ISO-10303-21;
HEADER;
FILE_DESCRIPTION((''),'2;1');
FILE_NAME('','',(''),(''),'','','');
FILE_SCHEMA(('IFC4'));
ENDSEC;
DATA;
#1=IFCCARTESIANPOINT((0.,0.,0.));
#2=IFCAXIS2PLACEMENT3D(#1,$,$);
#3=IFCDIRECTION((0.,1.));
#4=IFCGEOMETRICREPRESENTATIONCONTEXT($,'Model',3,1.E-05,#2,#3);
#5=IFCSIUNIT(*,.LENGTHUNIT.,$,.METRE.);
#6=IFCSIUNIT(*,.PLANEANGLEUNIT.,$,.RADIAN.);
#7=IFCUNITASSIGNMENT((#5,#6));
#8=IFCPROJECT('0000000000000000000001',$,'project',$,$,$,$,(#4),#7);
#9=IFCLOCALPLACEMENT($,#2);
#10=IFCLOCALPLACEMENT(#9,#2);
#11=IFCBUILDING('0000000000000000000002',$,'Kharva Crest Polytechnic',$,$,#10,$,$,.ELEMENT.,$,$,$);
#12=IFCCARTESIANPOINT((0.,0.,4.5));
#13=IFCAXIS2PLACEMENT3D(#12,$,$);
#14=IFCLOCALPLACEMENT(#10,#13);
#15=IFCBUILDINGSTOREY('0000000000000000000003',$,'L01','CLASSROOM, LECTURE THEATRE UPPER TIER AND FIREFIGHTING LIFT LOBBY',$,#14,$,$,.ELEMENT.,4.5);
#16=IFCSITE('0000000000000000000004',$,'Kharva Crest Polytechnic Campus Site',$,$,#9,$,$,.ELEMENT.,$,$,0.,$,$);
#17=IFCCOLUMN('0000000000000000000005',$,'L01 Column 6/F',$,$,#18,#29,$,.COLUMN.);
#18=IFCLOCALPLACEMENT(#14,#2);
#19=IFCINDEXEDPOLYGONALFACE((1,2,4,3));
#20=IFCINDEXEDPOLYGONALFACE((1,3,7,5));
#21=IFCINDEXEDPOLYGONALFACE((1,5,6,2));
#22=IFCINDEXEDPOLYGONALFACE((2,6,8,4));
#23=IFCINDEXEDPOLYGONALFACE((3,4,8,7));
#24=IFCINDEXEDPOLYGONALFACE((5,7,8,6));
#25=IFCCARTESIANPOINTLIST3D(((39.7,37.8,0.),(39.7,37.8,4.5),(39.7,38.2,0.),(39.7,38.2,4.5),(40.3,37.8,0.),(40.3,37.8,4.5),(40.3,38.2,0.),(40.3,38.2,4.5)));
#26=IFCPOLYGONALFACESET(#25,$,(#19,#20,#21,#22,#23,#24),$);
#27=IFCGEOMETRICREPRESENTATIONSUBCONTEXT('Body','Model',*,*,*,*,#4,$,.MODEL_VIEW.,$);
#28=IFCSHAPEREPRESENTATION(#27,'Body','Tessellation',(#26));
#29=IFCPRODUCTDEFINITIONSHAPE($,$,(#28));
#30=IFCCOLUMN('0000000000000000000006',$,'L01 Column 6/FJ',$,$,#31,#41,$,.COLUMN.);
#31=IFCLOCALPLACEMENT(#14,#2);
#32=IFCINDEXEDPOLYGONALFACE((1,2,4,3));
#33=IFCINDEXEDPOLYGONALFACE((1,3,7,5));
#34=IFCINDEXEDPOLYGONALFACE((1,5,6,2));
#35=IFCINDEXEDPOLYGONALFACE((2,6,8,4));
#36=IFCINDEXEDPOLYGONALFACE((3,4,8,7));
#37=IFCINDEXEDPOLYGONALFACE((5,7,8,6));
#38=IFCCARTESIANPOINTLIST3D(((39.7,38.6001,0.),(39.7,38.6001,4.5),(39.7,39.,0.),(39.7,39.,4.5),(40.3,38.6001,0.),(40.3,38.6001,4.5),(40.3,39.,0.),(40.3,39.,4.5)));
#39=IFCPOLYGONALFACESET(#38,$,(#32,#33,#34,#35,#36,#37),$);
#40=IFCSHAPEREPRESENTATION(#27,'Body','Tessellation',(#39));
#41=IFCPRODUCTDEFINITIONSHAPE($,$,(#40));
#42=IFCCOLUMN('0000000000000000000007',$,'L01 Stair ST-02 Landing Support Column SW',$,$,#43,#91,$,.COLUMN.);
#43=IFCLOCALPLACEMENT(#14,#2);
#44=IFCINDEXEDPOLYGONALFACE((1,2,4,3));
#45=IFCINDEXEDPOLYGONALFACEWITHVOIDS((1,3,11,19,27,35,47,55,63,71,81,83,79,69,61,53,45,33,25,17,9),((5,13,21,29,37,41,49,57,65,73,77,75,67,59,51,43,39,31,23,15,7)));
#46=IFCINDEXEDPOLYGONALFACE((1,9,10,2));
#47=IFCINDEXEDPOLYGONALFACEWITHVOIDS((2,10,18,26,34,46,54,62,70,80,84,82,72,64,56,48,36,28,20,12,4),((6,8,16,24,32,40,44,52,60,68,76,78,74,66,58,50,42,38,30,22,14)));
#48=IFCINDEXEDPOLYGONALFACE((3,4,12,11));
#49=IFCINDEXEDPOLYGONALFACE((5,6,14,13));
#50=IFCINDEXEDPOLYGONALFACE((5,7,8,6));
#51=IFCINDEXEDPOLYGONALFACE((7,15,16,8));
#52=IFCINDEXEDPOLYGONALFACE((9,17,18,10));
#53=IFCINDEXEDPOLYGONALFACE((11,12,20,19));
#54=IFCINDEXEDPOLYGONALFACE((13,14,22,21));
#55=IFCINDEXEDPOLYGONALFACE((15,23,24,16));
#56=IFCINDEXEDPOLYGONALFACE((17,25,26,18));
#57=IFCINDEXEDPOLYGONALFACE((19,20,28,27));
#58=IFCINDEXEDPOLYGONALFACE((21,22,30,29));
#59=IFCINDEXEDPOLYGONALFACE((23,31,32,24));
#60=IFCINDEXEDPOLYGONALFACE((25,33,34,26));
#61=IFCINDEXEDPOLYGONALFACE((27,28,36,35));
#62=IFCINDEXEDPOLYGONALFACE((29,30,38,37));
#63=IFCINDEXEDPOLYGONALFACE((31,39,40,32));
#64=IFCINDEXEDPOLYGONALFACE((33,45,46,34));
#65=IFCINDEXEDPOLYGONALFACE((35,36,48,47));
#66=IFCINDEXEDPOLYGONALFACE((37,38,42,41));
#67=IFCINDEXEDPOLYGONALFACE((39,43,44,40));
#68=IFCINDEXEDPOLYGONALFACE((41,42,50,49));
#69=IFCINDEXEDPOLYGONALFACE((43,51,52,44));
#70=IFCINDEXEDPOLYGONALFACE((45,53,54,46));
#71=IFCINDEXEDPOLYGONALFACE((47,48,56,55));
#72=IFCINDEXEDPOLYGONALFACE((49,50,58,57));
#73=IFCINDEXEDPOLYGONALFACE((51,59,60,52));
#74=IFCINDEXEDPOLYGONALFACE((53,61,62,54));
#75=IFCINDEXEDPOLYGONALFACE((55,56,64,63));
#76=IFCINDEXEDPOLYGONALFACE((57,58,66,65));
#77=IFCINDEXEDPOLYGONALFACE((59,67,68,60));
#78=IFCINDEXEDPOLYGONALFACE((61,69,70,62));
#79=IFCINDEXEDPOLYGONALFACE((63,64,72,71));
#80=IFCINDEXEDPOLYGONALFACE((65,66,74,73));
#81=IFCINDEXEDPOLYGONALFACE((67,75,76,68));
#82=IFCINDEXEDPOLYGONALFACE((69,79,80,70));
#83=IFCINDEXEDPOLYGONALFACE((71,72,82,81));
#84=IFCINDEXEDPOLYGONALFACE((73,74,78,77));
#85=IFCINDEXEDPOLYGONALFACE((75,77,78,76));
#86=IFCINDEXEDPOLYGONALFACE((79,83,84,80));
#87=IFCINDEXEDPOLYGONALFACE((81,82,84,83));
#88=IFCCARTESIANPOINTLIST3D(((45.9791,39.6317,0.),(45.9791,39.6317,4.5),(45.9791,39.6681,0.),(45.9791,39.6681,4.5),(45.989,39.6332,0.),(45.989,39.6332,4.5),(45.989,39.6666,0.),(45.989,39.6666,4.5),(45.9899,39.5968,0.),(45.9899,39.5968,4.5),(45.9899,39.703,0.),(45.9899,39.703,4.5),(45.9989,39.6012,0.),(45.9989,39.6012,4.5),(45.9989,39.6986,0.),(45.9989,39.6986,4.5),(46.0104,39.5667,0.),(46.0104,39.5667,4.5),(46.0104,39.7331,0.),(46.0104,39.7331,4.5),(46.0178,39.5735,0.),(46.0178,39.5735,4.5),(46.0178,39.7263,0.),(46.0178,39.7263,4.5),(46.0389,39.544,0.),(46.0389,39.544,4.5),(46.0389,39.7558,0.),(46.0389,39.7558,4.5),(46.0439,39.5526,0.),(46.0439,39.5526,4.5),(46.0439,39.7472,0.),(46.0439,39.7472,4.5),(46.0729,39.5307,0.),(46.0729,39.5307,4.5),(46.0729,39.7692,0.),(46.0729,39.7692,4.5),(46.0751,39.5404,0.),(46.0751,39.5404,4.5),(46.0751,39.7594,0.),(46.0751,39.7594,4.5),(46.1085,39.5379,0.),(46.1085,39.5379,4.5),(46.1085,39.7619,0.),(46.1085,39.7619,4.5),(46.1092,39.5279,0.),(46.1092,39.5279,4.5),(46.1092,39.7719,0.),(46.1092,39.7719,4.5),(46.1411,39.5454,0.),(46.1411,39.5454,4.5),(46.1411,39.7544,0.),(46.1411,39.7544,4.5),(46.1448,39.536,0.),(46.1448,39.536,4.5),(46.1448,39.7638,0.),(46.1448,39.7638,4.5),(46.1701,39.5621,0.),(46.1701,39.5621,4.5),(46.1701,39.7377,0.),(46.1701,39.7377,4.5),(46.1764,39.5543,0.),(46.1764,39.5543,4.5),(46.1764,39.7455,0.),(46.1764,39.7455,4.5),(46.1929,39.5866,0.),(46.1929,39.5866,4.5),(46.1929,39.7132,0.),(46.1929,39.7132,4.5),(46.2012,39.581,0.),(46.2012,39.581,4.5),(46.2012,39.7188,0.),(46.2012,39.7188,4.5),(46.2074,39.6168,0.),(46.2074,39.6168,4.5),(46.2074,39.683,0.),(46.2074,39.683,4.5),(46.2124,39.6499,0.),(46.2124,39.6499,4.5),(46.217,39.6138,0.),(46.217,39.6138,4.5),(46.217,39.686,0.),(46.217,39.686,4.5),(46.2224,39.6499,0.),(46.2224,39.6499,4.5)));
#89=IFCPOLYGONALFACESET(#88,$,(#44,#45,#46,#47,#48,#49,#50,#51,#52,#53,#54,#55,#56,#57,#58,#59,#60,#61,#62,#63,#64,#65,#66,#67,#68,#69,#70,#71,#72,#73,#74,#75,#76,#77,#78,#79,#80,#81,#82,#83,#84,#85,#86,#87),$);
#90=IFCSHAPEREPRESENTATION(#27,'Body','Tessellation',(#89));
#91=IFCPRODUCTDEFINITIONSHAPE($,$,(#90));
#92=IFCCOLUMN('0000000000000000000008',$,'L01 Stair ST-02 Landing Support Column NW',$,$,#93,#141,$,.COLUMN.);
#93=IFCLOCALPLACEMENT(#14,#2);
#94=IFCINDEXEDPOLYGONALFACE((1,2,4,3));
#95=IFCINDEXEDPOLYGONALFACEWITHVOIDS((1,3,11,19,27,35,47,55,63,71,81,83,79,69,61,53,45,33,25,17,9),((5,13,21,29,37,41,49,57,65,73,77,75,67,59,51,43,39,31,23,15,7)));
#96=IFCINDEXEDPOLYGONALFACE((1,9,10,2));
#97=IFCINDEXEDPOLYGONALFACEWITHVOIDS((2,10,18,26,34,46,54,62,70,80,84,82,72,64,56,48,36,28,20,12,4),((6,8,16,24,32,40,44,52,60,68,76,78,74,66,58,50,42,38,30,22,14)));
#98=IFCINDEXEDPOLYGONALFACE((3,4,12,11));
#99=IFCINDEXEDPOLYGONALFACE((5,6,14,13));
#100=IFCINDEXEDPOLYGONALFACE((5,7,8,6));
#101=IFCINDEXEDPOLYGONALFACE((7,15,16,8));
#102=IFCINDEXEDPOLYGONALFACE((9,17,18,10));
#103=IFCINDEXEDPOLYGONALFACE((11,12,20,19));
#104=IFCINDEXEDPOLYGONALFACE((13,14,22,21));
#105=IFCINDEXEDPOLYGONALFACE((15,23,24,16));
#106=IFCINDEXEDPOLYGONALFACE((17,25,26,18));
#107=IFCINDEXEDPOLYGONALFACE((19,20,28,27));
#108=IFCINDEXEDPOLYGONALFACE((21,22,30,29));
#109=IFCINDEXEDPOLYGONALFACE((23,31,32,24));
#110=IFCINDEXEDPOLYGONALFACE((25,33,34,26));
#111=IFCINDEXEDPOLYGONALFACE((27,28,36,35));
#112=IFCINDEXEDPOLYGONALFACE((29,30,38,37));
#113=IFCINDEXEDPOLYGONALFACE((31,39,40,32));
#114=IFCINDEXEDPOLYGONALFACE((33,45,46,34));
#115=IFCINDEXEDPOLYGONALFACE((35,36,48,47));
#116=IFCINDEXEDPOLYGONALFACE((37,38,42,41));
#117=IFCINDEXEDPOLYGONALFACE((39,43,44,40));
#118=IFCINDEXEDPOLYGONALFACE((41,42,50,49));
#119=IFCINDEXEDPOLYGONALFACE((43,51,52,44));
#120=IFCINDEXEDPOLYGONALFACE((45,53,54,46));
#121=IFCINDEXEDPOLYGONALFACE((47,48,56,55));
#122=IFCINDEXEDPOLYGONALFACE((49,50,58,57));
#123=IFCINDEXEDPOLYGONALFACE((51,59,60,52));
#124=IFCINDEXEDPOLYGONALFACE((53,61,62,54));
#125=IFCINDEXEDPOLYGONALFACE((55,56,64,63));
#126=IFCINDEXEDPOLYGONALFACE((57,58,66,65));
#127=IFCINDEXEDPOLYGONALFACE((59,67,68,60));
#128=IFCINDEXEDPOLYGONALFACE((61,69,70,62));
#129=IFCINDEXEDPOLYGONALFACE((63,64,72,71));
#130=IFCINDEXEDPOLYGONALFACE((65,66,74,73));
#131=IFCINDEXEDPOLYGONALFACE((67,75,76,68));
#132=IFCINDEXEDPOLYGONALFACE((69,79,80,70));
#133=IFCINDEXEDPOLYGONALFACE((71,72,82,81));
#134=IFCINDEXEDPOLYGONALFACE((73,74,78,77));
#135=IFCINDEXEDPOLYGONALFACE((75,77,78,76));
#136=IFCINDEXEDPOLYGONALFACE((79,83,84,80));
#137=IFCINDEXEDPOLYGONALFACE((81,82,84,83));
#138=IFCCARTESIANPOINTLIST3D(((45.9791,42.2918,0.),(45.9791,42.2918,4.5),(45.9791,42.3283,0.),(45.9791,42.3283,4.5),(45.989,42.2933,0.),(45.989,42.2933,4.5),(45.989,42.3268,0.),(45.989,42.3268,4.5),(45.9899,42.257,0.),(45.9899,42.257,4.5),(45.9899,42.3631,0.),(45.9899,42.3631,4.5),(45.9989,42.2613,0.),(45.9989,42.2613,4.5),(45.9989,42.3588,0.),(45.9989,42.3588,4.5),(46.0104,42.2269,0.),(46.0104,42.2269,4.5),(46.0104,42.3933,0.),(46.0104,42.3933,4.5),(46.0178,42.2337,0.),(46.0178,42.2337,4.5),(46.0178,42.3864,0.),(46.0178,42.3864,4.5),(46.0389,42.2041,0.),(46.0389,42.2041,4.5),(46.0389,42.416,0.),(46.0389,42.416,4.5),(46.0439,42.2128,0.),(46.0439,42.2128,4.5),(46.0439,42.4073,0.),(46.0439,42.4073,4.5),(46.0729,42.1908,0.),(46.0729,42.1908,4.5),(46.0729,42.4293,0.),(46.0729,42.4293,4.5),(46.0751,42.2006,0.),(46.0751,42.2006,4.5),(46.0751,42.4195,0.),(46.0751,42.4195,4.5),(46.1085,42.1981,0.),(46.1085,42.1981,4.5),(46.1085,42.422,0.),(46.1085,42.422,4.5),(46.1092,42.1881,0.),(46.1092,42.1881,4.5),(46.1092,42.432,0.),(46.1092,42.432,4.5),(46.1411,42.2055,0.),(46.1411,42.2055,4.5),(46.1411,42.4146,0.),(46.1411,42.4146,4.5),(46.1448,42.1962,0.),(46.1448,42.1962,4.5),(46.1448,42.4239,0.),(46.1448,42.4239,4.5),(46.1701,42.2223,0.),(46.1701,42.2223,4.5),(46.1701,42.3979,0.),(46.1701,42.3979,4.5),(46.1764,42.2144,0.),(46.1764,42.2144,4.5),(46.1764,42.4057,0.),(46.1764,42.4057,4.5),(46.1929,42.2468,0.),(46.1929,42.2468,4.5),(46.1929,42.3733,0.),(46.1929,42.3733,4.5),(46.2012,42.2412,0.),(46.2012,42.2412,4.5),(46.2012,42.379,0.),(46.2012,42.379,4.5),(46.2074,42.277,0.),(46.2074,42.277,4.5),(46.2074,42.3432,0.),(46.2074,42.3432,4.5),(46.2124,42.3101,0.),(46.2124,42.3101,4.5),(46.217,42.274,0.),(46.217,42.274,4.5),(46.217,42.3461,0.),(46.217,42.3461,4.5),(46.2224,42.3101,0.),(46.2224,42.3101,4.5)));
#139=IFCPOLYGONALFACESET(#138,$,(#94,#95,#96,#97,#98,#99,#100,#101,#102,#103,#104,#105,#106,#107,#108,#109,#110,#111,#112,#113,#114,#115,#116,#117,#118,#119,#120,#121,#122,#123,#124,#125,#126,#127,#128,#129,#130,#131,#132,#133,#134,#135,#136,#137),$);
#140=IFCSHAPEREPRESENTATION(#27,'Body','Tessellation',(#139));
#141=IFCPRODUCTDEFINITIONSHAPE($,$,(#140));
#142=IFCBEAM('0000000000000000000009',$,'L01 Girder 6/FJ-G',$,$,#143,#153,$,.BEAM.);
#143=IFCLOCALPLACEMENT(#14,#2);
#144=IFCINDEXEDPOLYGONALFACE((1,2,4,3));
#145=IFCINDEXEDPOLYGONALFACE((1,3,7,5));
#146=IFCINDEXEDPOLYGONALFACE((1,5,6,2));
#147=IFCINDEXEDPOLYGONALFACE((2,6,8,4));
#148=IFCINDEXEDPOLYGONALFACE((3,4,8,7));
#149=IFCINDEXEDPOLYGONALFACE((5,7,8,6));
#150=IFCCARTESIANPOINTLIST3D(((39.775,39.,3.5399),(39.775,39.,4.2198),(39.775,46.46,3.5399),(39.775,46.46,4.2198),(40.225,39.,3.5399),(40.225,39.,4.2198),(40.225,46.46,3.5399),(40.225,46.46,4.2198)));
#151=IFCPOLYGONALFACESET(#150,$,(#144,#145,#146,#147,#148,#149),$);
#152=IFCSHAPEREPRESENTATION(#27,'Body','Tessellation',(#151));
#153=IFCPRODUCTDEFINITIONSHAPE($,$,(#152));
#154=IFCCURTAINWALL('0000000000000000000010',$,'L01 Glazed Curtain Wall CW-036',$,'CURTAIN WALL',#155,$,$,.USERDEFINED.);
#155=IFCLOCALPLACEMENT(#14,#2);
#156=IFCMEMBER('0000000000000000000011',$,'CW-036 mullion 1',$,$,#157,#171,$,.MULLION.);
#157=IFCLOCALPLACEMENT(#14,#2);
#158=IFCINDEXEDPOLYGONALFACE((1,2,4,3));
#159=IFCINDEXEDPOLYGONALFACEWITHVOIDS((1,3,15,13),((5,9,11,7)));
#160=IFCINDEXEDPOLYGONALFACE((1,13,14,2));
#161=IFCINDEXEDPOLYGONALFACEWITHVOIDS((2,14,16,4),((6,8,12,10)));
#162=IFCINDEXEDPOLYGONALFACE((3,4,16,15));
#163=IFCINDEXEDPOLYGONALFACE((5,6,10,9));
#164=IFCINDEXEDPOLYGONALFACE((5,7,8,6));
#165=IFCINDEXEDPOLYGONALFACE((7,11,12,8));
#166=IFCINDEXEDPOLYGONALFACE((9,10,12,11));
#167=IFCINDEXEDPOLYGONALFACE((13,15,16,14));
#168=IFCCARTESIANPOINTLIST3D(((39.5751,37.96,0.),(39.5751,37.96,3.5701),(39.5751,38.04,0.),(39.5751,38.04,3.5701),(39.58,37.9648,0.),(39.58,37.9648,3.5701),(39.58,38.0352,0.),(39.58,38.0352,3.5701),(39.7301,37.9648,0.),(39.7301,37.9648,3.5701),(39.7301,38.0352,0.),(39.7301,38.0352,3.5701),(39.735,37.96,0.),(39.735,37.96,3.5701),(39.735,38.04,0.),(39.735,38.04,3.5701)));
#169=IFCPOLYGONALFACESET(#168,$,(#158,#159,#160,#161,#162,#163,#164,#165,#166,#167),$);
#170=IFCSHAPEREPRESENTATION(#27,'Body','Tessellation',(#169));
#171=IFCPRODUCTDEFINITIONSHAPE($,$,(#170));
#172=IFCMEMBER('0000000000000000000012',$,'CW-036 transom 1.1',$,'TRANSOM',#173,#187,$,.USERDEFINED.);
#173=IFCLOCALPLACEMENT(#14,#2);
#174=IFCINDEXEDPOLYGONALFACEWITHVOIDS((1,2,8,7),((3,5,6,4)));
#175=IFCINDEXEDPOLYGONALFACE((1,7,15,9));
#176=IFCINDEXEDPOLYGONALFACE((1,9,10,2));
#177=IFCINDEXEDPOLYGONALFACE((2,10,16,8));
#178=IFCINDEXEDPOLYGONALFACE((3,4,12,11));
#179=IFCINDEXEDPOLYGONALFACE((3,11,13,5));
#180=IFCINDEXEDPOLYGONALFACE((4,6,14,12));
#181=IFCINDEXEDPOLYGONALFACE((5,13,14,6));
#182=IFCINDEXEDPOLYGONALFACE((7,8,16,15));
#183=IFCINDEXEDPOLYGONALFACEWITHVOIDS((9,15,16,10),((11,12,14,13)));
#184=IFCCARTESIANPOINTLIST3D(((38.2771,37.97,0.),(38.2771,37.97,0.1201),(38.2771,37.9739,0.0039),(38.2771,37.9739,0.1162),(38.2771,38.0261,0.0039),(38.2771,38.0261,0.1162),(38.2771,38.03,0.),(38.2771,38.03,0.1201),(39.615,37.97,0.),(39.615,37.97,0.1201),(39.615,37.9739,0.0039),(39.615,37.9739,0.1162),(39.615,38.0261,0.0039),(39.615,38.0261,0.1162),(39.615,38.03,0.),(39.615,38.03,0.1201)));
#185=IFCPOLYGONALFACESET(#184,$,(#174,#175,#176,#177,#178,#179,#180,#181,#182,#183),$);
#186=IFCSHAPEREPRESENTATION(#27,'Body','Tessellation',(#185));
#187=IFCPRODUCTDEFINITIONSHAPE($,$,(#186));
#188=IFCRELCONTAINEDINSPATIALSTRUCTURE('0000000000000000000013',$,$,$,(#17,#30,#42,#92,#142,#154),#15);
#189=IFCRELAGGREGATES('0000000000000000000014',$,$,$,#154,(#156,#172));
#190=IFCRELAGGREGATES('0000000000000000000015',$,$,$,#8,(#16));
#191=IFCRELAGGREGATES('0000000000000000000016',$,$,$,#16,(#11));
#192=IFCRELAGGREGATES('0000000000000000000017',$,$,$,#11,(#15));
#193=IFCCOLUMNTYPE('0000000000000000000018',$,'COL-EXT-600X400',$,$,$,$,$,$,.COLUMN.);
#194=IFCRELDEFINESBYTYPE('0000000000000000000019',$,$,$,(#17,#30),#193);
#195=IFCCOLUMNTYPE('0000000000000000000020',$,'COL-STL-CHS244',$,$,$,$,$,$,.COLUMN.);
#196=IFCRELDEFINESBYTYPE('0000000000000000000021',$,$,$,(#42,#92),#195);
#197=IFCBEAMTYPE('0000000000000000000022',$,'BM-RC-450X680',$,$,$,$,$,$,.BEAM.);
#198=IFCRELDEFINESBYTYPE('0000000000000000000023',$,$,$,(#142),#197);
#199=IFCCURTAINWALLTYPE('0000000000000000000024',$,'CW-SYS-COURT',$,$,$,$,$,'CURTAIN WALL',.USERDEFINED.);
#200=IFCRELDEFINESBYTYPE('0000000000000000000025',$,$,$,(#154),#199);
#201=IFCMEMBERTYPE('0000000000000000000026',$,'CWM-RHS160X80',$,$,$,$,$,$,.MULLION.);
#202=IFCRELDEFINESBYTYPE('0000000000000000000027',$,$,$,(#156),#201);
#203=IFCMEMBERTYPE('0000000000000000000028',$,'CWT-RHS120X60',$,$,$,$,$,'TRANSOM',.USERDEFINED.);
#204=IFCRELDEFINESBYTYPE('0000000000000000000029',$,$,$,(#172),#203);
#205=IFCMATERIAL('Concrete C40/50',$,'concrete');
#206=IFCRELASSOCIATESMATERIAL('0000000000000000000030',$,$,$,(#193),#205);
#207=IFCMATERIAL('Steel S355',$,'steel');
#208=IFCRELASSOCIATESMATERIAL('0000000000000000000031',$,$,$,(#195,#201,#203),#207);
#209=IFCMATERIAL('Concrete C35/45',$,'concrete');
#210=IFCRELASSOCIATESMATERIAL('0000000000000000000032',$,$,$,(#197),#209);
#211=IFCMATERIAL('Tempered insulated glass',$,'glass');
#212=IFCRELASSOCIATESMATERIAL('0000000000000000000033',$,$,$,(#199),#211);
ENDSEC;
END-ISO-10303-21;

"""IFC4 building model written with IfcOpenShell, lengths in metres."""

from ifc_helpers import new_model, si_unit, direction, frame, origin, origin_2d, place, context, subcontext, project, spatial, rectangle, hollow_rectangle, hollow_circle, extrude, material, material_profile, profile_set, type_object, element, aggregate, save


model = new_model("IFC4")

# Units and contexts
model_context = context("Model", 3, precision=1e-05, world=origin(), true_north=direction((0.0, 1.0)))
body_context = subcontext(model_context, "Body", "Model", "MODEL_VIEW")
ifc_project = project(units=[si_unit("LENGTHUNIT", "METRE"), si_unit("PLANEANGLEUNIT", "RADIAN")], contexts=[model_context])

# Site, building, storey
site_placement = place(None, origin())
site = spatial("IfcSite", under=ifc_project, at=site_placement, Name="Kharva Crest Polytechnic Campus Site", CompositionType="ELEMENT", RefElevation=0.0)
building_placement = place(site_placement, origin())
building = spatial("IfcBuilding", under=site, at=building_placement, Name="Kharva Crest Polytechnic", CompositionType="ELEMENT")
storey_placement = place(building_placement, frame((0.0, 0.0, 4.5)))
storey = spatial("IfcBuildingStorey", under=building, at=storey_placement, Name="L01", Description="CLASSROOM, LECTURE THEATRE UPPER TIER AND FIREFIGHTING LIFT LOBBY", CompositionType="ELEMENT", Elevation=4.5)

# Columns
ifc_material_1 = material(Name="Concrete C40/50", Category="concrete")
ifc_material_profile_1 = material_profile(ifc_material_1, rectangle(XDim=0.6001, YDim=0.3999, at=origin_2d()), Name="RECT 600 X 400")
ifc_profile_set_1 = profile_set([ifc_material_profile_1], Name="Concrete C40/50")
column_type_1 = type_object("IfcColumnType", Name="COL-EXT-600X400", PredefinedType="COLUMN", material=ifc_profile_set_1)
for number, where, z_axis, x_axis, name in (
    (1, (40.0, 38.0, 0.0), (0.0, 0.0, 1.0), (1.0, 0.0, 0.0), "L01 Column 6/F"),
    (2, (40.0, 38.8, 0.0), (0.0, 0.0, 1.0), (1.0, 0.0, 0.0), "L01 Column 6/FJ"),
):
    element("IfcColumn", number, at=place(storey_placement, frame(where, z_axis=z_axis, x_axis=x_axis)), inside=storey, type_object=column_type_1, Name=name, PredefinedType="COLUMN", context=body_context, shape_type="SweptSolid", body=[
        extrude(rectangle(XDim=0.6001, YDim=0.3999, at=origin_2d()), origin(), (0.0, 0.0, 1.0), 4.5),
    ])
ifc_material_2 = material(Name="Steel S355", Category="steel")
ifc_material_profile_2 = material_profile(ifc_material_2, hollow_circle(Radius=0.1223, WallThickness=0.01, at=origin_2d()), Name="CHS 244.5X10.0")
ifc_profile_set_2 = profile_set([ifc_material_profile_2], Name="Steel S355")
column_type_2 = type_object("IfcColumnType", Name="COL-STL-CHS244", PredefinedType="COLUMN", material=ifc_profile_set_2)
for number, where, z_axis, x_axis, name in (
    (3, (46.1001, 39.6499, 0.0), (0.0, 0.0, 1.0), (1.0, 0.0, 0.0), "L01 Stair ST-02 Landing Support Column SW"),
    (4, (46.1001, 42.3101, 0.0), (0.0, 0.0, 1.0), (1.0, 0.0, 0.0), "L01 Stair ST-02 Landing Support Column NW"),
):
    element("IfcColumn", number, at=place(storey_placement, frame(where, z_axis=z_axis, x_axis=x_axis)), inside=storey, type_object=column_type_2, Name=name, PredefinedType="COLUMN", context=body_context, shape_type="SweptSolid", body=[
        extrude(hollow_circle(Radius=0.1223, WallThickness=0.01, at=origin_2d()), origin(), (0.0, 0.0, 1.0), 4.5),
    ])

# Beam
ifc_material_3 = material(Name="Concrete C35/45", Category="concrete")
ifc_material_profile_3 = material_profile(ifc_material_3, rectangle(XDim=0.45, YDim=0.6799, at=origin_2d()), Name="RECT 450 X 680")
ifc_profile_set_3 = profile_set([ifc_material_profile_3], Name="Concrete C35/45")
beam_type_1 = type_object("IfcBeamType", Name="BM-RC-450X680", PredefinedType="BEAM", material=ifc_profile_set_3)
beam_1_placement = place(storey_placement, frame((40.0, 39.0, 3.8799), z_axis=(0.0, 1.0, 0.0), x_axis=(-1.0, 0.0, 0.0)))
element("IfcBeam", 5, at=beam_1_placement, inside=storey, type_object=beam_type_1, Name="L01 Girder 6/FJ-G", PredefinedType="BEAM", context=body_context, shape_type="SweptSolid", body=[
    extrude(rectangle(XDim=0.45, YDim=0.6799, at=origin_2d()), origin(), (0.0, 0.0, 1.0), 7.46),
])

# Curtain wall, members
ifc_material_4 = material(Name="Tempered insulated glass", Category="glass")
curtain_wall_type = type_object("IfcCurtainWallType", Name="CW-SYS-COURT", ElementType="CURTAIN WALL", PredefinedType="USERDEFINED", material=ifc_material_4)
curtain_wall_placement = place(storey_placement, origin())
curtain_wall = element("IfcCurtainWall", 6, at=curtain_wall_placement, inside=storey, type_object=curtain_wall_type, Name="L01 Glazed Curtain Wall CW-036", ObjectType="CURTAIN WALL", PredefinedType="USERDEFINED")
ifc_material_profile_4 = material_profile(ifc_material_2, hollow_rectangle(XDim=0.0801, YDim=0.1599, WallThickness=0.0049, at=origin_2d()), Name="RHS 160X80X5.0")
ifc_profile_set_4 = profile_set([ifc_material_profile_4], Name="Steel S355")
member_type_1 = type_object("IfcMemberType", Name="CWM-RHS160X80", PredefinedType="MULLION", material=ifc_profile_set_4)
member_1_placement = place(storey_placement, frame((39.655, 38.0, 0.0), z_axis=(0.0, 0.0, 1.0), x_axis=(0.0, -1.0, 0.0)))
member_1 = element("IfcMember", 7, at=member_1_placement, type_object=member_type_1, Name="CW-036 mullion 1", PredefinedType="MULLION", context=body_context, shape_type="SweptSolid", body=[
    extrude(hollow_rectangle(XDim=0.0801, YDim=0.1599, WallThickness=0.0049, at=origin_2d()), origin(), (0.0, 0.0, 1.0), 3.5701),
])
ifc_material_profile_5 = material_profile(ifc_material_2, hollow_rectangle(XDim=0.0601, YDim=0.1201, WallThickness=0.0039, at=origin_2d()), Name="RHS 120X60X4.0")
ifc_profile_set_5 = profile_set([ifc_material_profile_5], Name="Steel S355")
member_type_2 = type_object("IfcMemberType", Name="CWT-RHS120X60", ElementType="TRANSOM", PredefinedType="USERDEFINED", material=ifc_profile_set_5)
member_2_placement = place(storey_placement, frame((39.615, 38.0, 0.0601), z_axis=(-1.0, 0.0, 0.0), x_axis=(0.0, -1.0, 0.0)))
member_2 = element("IfcMember", 8, at=member_2_placement, type_object=member_type_2, Name="CW-036 transom 1.1", ObjectType="TRANSOM", PredefinedType="USERDEFINED", context=body_context, shape_type="SweptSolid", body=[
    extrude(hollow_rectangle(XDim=0.0601, YDim=0.1201, WallThickness=0.0039, at=origin_2d()), origin(), (0.0, 0.0, 1.0), 1.3379),
])

aggregate(curtain_wall, [member_1, member_2])

save(model, "model.ifc")
